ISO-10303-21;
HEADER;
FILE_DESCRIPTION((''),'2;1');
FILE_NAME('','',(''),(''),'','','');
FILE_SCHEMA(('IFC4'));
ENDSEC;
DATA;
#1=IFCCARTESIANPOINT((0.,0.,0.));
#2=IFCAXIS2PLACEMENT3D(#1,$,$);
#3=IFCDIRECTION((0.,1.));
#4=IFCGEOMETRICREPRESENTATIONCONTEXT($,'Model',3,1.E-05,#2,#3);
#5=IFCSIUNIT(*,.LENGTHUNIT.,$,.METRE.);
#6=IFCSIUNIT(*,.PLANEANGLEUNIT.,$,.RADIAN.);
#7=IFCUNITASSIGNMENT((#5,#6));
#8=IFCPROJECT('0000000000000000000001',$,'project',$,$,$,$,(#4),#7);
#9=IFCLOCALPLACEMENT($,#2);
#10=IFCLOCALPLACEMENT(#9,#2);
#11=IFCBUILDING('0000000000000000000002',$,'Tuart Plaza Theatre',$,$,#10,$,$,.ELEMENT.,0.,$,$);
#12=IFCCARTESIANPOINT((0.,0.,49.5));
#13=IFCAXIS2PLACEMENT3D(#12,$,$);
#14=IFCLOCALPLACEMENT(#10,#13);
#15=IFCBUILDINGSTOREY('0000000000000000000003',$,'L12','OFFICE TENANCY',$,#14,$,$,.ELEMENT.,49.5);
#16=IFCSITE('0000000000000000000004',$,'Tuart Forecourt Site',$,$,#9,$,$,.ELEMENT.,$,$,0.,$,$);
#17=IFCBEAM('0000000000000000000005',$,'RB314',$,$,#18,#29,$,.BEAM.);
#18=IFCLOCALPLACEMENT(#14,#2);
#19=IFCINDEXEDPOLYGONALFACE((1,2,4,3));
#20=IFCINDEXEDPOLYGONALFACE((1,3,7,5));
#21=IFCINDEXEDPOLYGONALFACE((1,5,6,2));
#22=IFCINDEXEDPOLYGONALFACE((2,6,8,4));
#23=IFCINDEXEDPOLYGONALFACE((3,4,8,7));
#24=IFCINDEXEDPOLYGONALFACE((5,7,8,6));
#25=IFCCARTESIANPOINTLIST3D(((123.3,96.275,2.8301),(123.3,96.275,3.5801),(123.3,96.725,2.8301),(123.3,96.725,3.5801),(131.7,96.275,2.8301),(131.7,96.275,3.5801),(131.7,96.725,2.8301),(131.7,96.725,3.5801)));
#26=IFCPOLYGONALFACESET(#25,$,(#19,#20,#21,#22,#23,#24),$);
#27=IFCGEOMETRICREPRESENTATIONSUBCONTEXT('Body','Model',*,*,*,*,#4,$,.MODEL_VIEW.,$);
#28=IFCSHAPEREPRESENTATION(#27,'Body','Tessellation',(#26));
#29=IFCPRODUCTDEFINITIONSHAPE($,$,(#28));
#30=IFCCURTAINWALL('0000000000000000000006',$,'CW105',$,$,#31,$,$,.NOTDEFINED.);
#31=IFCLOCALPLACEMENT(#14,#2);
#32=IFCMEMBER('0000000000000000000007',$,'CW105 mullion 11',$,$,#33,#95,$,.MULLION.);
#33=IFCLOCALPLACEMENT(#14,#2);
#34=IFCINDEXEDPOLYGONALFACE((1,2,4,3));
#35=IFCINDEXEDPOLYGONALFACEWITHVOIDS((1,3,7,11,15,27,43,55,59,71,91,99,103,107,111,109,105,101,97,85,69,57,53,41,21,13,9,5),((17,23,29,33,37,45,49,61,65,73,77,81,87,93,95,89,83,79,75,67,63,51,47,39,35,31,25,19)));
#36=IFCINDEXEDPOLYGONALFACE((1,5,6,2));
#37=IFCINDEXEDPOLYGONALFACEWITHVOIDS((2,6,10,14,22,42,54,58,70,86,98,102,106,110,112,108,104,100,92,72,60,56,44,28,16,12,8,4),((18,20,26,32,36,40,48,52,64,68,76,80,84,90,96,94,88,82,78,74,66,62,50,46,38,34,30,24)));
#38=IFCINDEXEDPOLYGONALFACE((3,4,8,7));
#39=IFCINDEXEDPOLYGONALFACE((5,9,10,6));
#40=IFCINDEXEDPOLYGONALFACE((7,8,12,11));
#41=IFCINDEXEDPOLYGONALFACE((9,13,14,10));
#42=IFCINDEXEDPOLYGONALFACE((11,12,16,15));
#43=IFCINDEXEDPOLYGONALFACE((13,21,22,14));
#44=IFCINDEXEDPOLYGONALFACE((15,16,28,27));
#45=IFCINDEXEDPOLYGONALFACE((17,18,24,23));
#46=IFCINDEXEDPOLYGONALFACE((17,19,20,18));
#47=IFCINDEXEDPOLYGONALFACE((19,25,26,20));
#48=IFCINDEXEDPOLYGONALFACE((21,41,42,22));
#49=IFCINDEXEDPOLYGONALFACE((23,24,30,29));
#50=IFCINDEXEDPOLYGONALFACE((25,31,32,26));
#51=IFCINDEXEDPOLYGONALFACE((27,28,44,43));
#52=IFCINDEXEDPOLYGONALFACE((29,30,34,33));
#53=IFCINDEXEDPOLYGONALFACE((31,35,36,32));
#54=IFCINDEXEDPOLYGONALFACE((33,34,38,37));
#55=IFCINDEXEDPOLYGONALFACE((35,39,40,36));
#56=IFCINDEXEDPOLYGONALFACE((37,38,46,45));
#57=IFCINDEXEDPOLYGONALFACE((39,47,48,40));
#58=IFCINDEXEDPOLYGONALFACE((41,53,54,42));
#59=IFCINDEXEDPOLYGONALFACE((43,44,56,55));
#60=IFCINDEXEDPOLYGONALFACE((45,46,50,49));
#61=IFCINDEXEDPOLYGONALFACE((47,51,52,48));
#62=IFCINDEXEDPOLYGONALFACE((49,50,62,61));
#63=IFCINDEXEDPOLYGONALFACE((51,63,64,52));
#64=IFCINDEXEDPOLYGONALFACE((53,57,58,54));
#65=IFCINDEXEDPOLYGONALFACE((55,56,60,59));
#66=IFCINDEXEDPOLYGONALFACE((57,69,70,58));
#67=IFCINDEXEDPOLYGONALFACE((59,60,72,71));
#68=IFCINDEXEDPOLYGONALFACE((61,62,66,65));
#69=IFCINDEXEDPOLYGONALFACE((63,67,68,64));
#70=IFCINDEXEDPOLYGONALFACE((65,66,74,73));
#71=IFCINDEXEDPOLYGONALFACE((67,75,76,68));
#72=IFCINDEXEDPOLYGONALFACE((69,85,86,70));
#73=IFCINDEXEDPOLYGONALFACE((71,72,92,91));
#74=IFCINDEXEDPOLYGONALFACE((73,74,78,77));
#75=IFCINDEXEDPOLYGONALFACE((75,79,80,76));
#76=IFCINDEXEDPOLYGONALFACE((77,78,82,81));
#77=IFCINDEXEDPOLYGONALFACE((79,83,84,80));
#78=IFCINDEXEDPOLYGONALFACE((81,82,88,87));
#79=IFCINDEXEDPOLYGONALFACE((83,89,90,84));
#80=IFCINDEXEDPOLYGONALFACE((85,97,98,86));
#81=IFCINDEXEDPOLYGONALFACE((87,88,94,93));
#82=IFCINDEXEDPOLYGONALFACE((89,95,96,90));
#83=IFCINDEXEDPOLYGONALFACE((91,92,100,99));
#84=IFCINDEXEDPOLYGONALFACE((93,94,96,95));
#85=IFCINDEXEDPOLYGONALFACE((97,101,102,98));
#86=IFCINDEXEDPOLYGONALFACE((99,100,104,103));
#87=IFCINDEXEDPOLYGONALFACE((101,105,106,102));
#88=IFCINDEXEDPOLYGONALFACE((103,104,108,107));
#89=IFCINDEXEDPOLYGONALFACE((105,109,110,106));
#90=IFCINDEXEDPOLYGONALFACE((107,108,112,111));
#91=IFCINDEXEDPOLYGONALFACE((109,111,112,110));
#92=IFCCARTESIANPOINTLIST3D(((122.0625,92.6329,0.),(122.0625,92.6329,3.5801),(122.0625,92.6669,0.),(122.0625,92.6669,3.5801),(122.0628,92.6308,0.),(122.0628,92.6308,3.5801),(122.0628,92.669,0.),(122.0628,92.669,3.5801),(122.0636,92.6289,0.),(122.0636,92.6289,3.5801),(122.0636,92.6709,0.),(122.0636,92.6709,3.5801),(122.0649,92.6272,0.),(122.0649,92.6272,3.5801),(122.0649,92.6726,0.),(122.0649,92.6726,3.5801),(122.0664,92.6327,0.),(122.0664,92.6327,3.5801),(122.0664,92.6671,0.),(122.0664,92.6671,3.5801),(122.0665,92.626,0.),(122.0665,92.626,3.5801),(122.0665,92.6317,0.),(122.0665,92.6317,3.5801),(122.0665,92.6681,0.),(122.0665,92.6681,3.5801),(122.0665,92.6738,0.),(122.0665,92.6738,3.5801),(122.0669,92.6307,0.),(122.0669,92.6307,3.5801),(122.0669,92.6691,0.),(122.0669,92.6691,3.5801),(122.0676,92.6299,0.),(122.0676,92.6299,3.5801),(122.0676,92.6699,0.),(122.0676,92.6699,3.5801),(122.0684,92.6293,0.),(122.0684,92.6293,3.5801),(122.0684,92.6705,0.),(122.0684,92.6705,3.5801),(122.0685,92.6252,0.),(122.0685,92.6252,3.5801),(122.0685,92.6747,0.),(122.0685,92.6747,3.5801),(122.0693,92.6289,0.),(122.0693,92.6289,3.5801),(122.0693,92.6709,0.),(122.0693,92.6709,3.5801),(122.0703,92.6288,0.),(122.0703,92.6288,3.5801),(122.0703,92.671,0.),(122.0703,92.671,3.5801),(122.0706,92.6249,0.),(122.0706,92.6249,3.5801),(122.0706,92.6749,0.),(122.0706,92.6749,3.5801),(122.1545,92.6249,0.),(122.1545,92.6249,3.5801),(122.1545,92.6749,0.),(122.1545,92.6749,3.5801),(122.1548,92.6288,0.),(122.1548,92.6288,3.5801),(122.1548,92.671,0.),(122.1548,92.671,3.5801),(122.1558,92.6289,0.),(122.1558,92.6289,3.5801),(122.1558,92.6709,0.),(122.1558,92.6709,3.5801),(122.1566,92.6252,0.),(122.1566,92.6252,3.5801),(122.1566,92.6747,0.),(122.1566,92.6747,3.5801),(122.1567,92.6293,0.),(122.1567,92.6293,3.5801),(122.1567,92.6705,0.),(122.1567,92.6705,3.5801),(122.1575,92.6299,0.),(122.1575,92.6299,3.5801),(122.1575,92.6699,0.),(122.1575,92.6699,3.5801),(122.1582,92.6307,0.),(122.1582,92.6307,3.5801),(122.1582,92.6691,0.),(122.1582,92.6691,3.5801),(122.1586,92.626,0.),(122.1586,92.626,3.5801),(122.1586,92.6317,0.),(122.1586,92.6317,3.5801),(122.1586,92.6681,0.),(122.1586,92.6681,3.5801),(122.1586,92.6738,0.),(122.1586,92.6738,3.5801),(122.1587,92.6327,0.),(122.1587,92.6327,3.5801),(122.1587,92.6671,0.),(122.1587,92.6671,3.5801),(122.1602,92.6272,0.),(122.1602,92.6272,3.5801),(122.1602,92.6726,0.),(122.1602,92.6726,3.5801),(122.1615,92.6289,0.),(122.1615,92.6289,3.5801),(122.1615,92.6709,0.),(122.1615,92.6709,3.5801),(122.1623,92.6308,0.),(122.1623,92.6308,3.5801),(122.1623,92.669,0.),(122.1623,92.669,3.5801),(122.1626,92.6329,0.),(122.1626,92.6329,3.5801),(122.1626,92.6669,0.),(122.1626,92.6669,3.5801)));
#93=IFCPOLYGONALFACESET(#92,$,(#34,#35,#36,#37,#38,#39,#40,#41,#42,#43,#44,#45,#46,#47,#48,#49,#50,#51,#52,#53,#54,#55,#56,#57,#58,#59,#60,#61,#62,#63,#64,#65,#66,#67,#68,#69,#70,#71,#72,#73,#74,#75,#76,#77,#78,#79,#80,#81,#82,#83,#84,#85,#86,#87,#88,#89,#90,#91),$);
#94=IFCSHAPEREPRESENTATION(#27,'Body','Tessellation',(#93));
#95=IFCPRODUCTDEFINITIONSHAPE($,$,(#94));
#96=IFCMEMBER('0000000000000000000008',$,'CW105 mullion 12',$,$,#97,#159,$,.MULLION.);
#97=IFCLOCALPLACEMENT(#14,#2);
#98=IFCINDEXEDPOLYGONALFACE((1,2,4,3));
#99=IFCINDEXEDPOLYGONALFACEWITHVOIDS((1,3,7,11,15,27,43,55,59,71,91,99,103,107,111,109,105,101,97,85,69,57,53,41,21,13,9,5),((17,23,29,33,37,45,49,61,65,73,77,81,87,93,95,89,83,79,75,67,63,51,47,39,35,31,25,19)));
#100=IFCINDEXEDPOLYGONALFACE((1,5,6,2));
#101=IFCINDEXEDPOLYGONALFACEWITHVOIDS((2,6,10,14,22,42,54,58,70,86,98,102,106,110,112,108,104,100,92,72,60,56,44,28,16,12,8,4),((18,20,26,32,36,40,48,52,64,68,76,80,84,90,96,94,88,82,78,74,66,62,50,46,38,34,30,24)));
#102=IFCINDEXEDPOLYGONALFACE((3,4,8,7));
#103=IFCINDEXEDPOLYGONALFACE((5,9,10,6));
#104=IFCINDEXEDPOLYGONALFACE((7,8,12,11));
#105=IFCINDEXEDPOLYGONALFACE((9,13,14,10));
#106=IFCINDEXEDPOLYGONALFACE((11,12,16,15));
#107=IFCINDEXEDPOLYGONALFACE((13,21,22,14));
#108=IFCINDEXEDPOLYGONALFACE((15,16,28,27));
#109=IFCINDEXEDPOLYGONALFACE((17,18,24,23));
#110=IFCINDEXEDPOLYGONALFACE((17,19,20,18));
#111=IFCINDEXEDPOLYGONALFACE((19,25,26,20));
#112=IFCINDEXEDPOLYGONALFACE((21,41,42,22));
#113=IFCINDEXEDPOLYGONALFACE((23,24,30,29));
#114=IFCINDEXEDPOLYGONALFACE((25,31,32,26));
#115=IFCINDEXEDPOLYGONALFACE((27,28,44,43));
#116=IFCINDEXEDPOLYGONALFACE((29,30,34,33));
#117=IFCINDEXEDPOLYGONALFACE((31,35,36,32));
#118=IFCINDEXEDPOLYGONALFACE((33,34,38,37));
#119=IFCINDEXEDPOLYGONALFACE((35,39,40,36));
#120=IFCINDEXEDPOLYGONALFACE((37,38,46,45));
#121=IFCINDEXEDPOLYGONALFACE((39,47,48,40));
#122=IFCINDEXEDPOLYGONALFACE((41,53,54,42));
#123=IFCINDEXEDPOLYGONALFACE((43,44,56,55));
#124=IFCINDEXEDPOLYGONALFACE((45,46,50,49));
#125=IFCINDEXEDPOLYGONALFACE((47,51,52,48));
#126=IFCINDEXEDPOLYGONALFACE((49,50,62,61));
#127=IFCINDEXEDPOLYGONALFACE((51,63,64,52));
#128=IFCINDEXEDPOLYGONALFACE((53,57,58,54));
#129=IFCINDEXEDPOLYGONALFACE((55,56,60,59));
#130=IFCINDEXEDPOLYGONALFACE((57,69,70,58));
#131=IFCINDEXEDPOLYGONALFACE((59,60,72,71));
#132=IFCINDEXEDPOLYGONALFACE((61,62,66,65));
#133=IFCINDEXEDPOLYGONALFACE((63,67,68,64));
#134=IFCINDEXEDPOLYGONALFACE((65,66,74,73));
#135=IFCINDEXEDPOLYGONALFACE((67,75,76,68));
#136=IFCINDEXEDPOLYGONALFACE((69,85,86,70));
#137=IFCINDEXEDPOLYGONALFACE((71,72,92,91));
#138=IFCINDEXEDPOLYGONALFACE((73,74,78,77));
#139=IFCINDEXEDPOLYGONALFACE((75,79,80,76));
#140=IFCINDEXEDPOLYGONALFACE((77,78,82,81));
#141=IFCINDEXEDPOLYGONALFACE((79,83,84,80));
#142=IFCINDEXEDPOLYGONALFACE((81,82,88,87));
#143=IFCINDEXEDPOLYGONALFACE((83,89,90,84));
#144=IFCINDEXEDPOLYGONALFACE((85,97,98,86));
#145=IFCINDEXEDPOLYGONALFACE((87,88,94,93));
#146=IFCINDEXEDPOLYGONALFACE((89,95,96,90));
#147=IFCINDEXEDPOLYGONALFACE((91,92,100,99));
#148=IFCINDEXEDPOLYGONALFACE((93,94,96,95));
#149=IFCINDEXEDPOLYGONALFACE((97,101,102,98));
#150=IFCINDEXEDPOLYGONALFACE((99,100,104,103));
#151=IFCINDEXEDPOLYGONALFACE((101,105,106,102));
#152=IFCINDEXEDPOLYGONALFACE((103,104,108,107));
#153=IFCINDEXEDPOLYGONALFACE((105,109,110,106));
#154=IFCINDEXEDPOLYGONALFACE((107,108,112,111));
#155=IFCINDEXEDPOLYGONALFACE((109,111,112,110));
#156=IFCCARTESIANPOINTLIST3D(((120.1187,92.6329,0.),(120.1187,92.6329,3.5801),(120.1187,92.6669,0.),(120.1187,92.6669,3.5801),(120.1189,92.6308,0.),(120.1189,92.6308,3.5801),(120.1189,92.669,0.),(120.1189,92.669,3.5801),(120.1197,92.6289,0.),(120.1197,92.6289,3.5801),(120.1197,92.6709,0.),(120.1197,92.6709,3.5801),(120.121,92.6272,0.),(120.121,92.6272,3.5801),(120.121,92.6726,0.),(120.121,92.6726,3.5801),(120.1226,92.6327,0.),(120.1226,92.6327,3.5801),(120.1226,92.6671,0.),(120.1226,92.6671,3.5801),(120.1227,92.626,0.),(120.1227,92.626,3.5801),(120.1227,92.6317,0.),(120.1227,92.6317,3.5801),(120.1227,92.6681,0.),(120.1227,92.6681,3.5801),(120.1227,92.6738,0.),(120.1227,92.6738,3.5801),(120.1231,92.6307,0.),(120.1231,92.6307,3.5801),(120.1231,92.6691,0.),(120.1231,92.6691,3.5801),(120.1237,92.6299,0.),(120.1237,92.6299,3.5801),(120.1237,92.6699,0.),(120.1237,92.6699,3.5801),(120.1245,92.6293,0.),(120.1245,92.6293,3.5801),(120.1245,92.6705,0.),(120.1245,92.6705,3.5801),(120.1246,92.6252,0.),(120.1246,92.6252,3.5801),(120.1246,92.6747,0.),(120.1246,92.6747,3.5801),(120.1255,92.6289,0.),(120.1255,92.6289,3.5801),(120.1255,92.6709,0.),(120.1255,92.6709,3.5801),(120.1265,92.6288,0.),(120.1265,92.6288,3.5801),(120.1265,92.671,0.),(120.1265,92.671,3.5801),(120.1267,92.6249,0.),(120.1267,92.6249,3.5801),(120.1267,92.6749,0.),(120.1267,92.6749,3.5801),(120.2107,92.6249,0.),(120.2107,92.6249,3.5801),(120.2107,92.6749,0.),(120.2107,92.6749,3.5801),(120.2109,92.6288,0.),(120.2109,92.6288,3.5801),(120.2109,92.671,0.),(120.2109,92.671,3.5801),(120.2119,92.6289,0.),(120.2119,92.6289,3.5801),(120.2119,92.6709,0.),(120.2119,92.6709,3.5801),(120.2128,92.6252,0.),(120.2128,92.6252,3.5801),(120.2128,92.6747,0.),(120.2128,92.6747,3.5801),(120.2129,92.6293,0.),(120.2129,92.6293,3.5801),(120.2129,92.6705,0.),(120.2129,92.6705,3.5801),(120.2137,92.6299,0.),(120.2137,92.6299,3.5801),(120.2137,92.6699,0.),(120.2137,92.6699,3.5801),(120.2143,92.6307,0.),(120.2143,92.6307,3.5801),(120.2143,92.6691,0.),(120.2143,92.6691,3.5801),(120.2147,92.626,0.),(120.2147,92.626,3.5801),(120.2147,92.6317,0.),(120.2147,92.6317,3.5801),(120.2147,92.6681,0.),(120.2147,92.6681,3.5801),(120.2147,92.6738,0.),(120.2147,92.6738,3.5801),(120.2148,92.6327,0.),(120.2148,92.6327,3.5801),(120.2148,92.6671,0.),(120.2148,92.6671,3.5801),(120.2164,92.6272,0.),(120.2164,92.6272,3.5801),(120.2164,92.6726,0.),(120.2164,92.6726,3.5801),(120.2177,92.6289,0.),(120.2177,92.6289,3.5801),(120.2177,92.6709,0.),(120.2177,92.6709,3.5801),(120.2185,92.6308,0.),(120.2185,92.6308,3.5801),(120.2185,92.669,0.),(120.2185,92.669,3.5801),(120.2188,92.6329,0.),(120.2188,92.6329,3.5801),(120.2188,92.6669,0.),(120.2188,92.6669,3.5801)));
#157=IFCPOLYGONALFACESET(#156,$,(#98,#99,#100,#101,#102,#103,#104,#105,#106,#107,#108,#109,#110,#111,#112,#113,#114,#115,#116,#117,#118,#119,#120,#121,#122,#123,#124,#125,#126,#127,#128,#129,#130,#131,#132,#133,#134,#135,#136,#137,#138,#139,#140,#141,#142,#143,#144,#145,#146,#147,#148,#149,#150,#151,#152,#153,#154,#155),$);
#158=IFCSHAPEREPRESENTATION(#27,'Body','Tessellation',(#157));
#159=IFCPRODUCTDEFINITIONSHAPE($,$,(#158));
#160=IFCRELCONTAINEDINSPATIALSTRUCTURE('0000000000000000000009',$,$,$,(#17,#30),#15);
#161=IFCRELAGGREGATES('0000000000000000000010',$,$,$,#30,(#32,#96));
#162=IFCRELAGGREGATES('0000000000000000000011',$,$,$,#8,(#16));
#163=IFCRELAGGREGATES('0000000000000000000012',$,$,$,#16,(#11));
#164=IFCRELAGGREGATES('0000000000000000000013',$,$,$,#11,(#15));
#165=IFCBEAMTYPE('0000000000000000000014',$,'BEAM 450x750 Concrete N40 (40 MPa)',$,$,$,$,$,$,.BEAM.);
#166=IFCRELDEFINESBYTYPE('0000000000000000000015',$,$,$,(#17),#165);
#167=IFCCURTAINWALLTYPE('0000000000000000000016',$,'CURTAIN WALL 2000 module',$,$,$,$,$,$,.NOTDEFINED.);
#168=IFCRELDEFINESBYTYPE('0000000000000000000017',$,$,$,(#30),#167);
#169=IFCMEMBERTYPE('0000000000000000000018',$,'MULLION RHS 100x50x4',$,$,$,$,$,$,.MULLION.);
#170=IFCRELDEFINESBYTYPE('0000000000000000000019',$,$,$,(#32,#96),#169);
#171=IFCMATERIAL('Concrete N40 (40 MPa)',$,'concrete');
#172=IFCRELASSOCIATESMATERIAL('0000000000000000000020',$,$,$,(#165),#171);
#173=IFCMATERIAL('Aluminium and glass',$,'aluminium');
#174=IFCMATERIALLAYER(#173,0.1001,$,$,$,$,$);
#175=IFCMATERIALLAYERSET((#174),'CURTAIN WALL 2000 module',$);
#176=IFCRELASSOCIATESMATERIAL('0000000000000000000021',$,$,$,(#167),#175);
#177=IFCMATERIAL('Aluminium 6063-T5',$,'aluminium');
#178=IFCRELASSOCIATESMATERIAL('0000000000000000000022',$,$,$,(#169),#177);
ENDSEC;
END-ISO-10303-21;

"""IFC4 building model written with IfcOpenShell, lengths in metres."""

from ifc_helpers import new_model, si_unit, direction, frame, origin, origin_2d, place, context, subcontext, project, spatial, rectangle, hollow_rectangle, extrude, material, layer, layer_set, material_profile, profile_set, type_object, element, aggregate, save


model = new_model("IFC4")

# Units and contexts
model_context = context("Model", 3, precision=1e-05, world=origin(), true_north=direction((0.0, 1.0)))
body_context = subcontext(model_context, "Body", "Model", "MODEL_VIEW")
ifc_project = project(units=[si_unit("LENGTHUNIT", "METRE"), si_unit("PLANEANGLEUNIT", "RADIAN")], contexts=[model_context])

# Site, building, storey
site_placement = place(None, origin())
site = spatial("IfcSite", under=ifc_project, at=site_placement, Name="Tuart Forecourt Site", CompositionType="ELEMENT", RefElevation=0.0)
building_placement = place(site_placement, origin())
building = spatial("IfcBuilding", under=site, at=building_placement, Name="Tuart Plaza Theatre", CompositionType="ELEMENT", ElevationOfRefHeight=0.0)
storey_placement = place(building_placement, frame((0.0, 0.0, 49.5)))
storey = spatial("IfcBuildingStorey", under=building, at=storey_placement, Name="L12", Description="OFFICE TENANCY", CompositionType="ELEMENT", Elevation=49.5)

# Beam
ifc_material_1 = material(Name="Concrete N40 (40 MPa)", Category="concrete")
ifc_material_profile_1 = material_profile(ifc_material_1, rectangle(XDim=0.45, YDim=0.75, at=origin_2d()), Name="BEAM 450x750 Concrete N40 (40 MPa)")
ifc_profile_set_1 = profile_set([ifc_material_profile_1], Name="Concrete N40 (40 MPa)")
beam_type = type_object("IfcBeamType", Name="BEAM 450x750 Concrete N40 (40 MPa)", PredefinedType="BEAM", material=ifc_profile_set_1)
beam_placement = place(storey_placement, frame((123.3, 96.5, 3.2051), z_axis=(1.0, 0.0, 0.0), x_axis=(0.0, 1.0, 0.0)))
element("IfcBeam", 1, at=beam_placement, inside=storey, type_object=beam_type, Name="RB314", PredefinedType="BEAM", context=body_context, shape_type="SweptSolid", body=[
    extrude(rectangle(XDim=0.45, YDim=0.75, at=origin_2d()), origin(), (0.0, 0.0, 1.0), 8.3999),
])

# Curtain wall, members
ifc_material_2 = material(Name="Aluminium and glass", Category="aluminium")
ifc_layer_1 = layer(ifc_material_2, 0.1001)
ifc_layer_set_1 = layer_set([ifc_layer_1], Name="CURTAIN WALL 2000 module")
curtain_wall_type = type_object("IfcCurtainWallType", Name="CURTAIN WALL 2000 module", PredefinedType="NOTDEFINED", material=ifc_layer_set_1)
curtain_wall_placement = place(storey_placement, origin())
curtain_wall = element("IfcCurtainWall", 2, at=curtain_wall_placement, inside=storey, type_object=curtain_wall_type, Name="CW105", PredefinedType="NOTDEFINED")
ifc_material_3 = material(Name="Aluminium 6063-T5", Category="aluminium")
ifc_material_profile_2 = material_profile(ifc_material_3, hollow_rectangle(XDim=0.05, YDim=0.1001, WallThickness=0.0039, InnerFilletRadius=0.0039, OuterFilletRadius=0.0081, at=origin_2d()), Name="RHS 100x50x4")
ifc_profile_set_2 = profile_set([ifc_material_profile_2], Name="Aluminium 6063-T5")
member_type_1 = type_object("IfcMemberType", Name="MULLION RHS 100x50x4", PredefinedType="MULLION", material=ifc_profile_set_2)
member_1_placement = place(storey_placement, frame((122.1125, 92.6499, 0.0), z_axis=(0.0, 0.0, 1.0), x_axis=(0.0, -1.0, 0.0)))
member_1 = element("IfcMember", 3, at=member_1_placement, type_object=member_type_1, Name="CW105 mullion 11", PredefinedType="MULLION", context=body_context, shape_type="SweptSolid", body=[
    extrude(hollow_rectangle(XDim=0.05, YDim=0.1001, WallThickness=0.0039, InnerFilletRadius=0.0039, OuterFilletRadius=0.0081, at=origin_2d()), origin(), (0.0, 0.0, 1.0), 3.5801),
])
member_2_placement = place(storey_placement, frame((120.1687, 92.6499, 0.0), z_axis=(0.0, 0.0, 1.0), x_axis=(0.0, -1.0, 0.0)))
member_2 = element("IfcMember", 4, at=member_2_placement, type_object=member_type_1, Name="CW105 mullion 12", PredefinedType="MULLION", context=body_context, shape_type="SweptSolid", body=[
    extrude(hollow_rectangle(XDim=0.05, YDim=0.1001, WallThickness=0.0039, InnerFilletRadius=0.0039, OuterFilletRadius=0.0081, at=origin_2d()), origin(), (0.0, 0.0, 1.0), 3.5801),
])
aggregate(curtain_wall, [member_1, member_2])

save(model, "model.ifc")
